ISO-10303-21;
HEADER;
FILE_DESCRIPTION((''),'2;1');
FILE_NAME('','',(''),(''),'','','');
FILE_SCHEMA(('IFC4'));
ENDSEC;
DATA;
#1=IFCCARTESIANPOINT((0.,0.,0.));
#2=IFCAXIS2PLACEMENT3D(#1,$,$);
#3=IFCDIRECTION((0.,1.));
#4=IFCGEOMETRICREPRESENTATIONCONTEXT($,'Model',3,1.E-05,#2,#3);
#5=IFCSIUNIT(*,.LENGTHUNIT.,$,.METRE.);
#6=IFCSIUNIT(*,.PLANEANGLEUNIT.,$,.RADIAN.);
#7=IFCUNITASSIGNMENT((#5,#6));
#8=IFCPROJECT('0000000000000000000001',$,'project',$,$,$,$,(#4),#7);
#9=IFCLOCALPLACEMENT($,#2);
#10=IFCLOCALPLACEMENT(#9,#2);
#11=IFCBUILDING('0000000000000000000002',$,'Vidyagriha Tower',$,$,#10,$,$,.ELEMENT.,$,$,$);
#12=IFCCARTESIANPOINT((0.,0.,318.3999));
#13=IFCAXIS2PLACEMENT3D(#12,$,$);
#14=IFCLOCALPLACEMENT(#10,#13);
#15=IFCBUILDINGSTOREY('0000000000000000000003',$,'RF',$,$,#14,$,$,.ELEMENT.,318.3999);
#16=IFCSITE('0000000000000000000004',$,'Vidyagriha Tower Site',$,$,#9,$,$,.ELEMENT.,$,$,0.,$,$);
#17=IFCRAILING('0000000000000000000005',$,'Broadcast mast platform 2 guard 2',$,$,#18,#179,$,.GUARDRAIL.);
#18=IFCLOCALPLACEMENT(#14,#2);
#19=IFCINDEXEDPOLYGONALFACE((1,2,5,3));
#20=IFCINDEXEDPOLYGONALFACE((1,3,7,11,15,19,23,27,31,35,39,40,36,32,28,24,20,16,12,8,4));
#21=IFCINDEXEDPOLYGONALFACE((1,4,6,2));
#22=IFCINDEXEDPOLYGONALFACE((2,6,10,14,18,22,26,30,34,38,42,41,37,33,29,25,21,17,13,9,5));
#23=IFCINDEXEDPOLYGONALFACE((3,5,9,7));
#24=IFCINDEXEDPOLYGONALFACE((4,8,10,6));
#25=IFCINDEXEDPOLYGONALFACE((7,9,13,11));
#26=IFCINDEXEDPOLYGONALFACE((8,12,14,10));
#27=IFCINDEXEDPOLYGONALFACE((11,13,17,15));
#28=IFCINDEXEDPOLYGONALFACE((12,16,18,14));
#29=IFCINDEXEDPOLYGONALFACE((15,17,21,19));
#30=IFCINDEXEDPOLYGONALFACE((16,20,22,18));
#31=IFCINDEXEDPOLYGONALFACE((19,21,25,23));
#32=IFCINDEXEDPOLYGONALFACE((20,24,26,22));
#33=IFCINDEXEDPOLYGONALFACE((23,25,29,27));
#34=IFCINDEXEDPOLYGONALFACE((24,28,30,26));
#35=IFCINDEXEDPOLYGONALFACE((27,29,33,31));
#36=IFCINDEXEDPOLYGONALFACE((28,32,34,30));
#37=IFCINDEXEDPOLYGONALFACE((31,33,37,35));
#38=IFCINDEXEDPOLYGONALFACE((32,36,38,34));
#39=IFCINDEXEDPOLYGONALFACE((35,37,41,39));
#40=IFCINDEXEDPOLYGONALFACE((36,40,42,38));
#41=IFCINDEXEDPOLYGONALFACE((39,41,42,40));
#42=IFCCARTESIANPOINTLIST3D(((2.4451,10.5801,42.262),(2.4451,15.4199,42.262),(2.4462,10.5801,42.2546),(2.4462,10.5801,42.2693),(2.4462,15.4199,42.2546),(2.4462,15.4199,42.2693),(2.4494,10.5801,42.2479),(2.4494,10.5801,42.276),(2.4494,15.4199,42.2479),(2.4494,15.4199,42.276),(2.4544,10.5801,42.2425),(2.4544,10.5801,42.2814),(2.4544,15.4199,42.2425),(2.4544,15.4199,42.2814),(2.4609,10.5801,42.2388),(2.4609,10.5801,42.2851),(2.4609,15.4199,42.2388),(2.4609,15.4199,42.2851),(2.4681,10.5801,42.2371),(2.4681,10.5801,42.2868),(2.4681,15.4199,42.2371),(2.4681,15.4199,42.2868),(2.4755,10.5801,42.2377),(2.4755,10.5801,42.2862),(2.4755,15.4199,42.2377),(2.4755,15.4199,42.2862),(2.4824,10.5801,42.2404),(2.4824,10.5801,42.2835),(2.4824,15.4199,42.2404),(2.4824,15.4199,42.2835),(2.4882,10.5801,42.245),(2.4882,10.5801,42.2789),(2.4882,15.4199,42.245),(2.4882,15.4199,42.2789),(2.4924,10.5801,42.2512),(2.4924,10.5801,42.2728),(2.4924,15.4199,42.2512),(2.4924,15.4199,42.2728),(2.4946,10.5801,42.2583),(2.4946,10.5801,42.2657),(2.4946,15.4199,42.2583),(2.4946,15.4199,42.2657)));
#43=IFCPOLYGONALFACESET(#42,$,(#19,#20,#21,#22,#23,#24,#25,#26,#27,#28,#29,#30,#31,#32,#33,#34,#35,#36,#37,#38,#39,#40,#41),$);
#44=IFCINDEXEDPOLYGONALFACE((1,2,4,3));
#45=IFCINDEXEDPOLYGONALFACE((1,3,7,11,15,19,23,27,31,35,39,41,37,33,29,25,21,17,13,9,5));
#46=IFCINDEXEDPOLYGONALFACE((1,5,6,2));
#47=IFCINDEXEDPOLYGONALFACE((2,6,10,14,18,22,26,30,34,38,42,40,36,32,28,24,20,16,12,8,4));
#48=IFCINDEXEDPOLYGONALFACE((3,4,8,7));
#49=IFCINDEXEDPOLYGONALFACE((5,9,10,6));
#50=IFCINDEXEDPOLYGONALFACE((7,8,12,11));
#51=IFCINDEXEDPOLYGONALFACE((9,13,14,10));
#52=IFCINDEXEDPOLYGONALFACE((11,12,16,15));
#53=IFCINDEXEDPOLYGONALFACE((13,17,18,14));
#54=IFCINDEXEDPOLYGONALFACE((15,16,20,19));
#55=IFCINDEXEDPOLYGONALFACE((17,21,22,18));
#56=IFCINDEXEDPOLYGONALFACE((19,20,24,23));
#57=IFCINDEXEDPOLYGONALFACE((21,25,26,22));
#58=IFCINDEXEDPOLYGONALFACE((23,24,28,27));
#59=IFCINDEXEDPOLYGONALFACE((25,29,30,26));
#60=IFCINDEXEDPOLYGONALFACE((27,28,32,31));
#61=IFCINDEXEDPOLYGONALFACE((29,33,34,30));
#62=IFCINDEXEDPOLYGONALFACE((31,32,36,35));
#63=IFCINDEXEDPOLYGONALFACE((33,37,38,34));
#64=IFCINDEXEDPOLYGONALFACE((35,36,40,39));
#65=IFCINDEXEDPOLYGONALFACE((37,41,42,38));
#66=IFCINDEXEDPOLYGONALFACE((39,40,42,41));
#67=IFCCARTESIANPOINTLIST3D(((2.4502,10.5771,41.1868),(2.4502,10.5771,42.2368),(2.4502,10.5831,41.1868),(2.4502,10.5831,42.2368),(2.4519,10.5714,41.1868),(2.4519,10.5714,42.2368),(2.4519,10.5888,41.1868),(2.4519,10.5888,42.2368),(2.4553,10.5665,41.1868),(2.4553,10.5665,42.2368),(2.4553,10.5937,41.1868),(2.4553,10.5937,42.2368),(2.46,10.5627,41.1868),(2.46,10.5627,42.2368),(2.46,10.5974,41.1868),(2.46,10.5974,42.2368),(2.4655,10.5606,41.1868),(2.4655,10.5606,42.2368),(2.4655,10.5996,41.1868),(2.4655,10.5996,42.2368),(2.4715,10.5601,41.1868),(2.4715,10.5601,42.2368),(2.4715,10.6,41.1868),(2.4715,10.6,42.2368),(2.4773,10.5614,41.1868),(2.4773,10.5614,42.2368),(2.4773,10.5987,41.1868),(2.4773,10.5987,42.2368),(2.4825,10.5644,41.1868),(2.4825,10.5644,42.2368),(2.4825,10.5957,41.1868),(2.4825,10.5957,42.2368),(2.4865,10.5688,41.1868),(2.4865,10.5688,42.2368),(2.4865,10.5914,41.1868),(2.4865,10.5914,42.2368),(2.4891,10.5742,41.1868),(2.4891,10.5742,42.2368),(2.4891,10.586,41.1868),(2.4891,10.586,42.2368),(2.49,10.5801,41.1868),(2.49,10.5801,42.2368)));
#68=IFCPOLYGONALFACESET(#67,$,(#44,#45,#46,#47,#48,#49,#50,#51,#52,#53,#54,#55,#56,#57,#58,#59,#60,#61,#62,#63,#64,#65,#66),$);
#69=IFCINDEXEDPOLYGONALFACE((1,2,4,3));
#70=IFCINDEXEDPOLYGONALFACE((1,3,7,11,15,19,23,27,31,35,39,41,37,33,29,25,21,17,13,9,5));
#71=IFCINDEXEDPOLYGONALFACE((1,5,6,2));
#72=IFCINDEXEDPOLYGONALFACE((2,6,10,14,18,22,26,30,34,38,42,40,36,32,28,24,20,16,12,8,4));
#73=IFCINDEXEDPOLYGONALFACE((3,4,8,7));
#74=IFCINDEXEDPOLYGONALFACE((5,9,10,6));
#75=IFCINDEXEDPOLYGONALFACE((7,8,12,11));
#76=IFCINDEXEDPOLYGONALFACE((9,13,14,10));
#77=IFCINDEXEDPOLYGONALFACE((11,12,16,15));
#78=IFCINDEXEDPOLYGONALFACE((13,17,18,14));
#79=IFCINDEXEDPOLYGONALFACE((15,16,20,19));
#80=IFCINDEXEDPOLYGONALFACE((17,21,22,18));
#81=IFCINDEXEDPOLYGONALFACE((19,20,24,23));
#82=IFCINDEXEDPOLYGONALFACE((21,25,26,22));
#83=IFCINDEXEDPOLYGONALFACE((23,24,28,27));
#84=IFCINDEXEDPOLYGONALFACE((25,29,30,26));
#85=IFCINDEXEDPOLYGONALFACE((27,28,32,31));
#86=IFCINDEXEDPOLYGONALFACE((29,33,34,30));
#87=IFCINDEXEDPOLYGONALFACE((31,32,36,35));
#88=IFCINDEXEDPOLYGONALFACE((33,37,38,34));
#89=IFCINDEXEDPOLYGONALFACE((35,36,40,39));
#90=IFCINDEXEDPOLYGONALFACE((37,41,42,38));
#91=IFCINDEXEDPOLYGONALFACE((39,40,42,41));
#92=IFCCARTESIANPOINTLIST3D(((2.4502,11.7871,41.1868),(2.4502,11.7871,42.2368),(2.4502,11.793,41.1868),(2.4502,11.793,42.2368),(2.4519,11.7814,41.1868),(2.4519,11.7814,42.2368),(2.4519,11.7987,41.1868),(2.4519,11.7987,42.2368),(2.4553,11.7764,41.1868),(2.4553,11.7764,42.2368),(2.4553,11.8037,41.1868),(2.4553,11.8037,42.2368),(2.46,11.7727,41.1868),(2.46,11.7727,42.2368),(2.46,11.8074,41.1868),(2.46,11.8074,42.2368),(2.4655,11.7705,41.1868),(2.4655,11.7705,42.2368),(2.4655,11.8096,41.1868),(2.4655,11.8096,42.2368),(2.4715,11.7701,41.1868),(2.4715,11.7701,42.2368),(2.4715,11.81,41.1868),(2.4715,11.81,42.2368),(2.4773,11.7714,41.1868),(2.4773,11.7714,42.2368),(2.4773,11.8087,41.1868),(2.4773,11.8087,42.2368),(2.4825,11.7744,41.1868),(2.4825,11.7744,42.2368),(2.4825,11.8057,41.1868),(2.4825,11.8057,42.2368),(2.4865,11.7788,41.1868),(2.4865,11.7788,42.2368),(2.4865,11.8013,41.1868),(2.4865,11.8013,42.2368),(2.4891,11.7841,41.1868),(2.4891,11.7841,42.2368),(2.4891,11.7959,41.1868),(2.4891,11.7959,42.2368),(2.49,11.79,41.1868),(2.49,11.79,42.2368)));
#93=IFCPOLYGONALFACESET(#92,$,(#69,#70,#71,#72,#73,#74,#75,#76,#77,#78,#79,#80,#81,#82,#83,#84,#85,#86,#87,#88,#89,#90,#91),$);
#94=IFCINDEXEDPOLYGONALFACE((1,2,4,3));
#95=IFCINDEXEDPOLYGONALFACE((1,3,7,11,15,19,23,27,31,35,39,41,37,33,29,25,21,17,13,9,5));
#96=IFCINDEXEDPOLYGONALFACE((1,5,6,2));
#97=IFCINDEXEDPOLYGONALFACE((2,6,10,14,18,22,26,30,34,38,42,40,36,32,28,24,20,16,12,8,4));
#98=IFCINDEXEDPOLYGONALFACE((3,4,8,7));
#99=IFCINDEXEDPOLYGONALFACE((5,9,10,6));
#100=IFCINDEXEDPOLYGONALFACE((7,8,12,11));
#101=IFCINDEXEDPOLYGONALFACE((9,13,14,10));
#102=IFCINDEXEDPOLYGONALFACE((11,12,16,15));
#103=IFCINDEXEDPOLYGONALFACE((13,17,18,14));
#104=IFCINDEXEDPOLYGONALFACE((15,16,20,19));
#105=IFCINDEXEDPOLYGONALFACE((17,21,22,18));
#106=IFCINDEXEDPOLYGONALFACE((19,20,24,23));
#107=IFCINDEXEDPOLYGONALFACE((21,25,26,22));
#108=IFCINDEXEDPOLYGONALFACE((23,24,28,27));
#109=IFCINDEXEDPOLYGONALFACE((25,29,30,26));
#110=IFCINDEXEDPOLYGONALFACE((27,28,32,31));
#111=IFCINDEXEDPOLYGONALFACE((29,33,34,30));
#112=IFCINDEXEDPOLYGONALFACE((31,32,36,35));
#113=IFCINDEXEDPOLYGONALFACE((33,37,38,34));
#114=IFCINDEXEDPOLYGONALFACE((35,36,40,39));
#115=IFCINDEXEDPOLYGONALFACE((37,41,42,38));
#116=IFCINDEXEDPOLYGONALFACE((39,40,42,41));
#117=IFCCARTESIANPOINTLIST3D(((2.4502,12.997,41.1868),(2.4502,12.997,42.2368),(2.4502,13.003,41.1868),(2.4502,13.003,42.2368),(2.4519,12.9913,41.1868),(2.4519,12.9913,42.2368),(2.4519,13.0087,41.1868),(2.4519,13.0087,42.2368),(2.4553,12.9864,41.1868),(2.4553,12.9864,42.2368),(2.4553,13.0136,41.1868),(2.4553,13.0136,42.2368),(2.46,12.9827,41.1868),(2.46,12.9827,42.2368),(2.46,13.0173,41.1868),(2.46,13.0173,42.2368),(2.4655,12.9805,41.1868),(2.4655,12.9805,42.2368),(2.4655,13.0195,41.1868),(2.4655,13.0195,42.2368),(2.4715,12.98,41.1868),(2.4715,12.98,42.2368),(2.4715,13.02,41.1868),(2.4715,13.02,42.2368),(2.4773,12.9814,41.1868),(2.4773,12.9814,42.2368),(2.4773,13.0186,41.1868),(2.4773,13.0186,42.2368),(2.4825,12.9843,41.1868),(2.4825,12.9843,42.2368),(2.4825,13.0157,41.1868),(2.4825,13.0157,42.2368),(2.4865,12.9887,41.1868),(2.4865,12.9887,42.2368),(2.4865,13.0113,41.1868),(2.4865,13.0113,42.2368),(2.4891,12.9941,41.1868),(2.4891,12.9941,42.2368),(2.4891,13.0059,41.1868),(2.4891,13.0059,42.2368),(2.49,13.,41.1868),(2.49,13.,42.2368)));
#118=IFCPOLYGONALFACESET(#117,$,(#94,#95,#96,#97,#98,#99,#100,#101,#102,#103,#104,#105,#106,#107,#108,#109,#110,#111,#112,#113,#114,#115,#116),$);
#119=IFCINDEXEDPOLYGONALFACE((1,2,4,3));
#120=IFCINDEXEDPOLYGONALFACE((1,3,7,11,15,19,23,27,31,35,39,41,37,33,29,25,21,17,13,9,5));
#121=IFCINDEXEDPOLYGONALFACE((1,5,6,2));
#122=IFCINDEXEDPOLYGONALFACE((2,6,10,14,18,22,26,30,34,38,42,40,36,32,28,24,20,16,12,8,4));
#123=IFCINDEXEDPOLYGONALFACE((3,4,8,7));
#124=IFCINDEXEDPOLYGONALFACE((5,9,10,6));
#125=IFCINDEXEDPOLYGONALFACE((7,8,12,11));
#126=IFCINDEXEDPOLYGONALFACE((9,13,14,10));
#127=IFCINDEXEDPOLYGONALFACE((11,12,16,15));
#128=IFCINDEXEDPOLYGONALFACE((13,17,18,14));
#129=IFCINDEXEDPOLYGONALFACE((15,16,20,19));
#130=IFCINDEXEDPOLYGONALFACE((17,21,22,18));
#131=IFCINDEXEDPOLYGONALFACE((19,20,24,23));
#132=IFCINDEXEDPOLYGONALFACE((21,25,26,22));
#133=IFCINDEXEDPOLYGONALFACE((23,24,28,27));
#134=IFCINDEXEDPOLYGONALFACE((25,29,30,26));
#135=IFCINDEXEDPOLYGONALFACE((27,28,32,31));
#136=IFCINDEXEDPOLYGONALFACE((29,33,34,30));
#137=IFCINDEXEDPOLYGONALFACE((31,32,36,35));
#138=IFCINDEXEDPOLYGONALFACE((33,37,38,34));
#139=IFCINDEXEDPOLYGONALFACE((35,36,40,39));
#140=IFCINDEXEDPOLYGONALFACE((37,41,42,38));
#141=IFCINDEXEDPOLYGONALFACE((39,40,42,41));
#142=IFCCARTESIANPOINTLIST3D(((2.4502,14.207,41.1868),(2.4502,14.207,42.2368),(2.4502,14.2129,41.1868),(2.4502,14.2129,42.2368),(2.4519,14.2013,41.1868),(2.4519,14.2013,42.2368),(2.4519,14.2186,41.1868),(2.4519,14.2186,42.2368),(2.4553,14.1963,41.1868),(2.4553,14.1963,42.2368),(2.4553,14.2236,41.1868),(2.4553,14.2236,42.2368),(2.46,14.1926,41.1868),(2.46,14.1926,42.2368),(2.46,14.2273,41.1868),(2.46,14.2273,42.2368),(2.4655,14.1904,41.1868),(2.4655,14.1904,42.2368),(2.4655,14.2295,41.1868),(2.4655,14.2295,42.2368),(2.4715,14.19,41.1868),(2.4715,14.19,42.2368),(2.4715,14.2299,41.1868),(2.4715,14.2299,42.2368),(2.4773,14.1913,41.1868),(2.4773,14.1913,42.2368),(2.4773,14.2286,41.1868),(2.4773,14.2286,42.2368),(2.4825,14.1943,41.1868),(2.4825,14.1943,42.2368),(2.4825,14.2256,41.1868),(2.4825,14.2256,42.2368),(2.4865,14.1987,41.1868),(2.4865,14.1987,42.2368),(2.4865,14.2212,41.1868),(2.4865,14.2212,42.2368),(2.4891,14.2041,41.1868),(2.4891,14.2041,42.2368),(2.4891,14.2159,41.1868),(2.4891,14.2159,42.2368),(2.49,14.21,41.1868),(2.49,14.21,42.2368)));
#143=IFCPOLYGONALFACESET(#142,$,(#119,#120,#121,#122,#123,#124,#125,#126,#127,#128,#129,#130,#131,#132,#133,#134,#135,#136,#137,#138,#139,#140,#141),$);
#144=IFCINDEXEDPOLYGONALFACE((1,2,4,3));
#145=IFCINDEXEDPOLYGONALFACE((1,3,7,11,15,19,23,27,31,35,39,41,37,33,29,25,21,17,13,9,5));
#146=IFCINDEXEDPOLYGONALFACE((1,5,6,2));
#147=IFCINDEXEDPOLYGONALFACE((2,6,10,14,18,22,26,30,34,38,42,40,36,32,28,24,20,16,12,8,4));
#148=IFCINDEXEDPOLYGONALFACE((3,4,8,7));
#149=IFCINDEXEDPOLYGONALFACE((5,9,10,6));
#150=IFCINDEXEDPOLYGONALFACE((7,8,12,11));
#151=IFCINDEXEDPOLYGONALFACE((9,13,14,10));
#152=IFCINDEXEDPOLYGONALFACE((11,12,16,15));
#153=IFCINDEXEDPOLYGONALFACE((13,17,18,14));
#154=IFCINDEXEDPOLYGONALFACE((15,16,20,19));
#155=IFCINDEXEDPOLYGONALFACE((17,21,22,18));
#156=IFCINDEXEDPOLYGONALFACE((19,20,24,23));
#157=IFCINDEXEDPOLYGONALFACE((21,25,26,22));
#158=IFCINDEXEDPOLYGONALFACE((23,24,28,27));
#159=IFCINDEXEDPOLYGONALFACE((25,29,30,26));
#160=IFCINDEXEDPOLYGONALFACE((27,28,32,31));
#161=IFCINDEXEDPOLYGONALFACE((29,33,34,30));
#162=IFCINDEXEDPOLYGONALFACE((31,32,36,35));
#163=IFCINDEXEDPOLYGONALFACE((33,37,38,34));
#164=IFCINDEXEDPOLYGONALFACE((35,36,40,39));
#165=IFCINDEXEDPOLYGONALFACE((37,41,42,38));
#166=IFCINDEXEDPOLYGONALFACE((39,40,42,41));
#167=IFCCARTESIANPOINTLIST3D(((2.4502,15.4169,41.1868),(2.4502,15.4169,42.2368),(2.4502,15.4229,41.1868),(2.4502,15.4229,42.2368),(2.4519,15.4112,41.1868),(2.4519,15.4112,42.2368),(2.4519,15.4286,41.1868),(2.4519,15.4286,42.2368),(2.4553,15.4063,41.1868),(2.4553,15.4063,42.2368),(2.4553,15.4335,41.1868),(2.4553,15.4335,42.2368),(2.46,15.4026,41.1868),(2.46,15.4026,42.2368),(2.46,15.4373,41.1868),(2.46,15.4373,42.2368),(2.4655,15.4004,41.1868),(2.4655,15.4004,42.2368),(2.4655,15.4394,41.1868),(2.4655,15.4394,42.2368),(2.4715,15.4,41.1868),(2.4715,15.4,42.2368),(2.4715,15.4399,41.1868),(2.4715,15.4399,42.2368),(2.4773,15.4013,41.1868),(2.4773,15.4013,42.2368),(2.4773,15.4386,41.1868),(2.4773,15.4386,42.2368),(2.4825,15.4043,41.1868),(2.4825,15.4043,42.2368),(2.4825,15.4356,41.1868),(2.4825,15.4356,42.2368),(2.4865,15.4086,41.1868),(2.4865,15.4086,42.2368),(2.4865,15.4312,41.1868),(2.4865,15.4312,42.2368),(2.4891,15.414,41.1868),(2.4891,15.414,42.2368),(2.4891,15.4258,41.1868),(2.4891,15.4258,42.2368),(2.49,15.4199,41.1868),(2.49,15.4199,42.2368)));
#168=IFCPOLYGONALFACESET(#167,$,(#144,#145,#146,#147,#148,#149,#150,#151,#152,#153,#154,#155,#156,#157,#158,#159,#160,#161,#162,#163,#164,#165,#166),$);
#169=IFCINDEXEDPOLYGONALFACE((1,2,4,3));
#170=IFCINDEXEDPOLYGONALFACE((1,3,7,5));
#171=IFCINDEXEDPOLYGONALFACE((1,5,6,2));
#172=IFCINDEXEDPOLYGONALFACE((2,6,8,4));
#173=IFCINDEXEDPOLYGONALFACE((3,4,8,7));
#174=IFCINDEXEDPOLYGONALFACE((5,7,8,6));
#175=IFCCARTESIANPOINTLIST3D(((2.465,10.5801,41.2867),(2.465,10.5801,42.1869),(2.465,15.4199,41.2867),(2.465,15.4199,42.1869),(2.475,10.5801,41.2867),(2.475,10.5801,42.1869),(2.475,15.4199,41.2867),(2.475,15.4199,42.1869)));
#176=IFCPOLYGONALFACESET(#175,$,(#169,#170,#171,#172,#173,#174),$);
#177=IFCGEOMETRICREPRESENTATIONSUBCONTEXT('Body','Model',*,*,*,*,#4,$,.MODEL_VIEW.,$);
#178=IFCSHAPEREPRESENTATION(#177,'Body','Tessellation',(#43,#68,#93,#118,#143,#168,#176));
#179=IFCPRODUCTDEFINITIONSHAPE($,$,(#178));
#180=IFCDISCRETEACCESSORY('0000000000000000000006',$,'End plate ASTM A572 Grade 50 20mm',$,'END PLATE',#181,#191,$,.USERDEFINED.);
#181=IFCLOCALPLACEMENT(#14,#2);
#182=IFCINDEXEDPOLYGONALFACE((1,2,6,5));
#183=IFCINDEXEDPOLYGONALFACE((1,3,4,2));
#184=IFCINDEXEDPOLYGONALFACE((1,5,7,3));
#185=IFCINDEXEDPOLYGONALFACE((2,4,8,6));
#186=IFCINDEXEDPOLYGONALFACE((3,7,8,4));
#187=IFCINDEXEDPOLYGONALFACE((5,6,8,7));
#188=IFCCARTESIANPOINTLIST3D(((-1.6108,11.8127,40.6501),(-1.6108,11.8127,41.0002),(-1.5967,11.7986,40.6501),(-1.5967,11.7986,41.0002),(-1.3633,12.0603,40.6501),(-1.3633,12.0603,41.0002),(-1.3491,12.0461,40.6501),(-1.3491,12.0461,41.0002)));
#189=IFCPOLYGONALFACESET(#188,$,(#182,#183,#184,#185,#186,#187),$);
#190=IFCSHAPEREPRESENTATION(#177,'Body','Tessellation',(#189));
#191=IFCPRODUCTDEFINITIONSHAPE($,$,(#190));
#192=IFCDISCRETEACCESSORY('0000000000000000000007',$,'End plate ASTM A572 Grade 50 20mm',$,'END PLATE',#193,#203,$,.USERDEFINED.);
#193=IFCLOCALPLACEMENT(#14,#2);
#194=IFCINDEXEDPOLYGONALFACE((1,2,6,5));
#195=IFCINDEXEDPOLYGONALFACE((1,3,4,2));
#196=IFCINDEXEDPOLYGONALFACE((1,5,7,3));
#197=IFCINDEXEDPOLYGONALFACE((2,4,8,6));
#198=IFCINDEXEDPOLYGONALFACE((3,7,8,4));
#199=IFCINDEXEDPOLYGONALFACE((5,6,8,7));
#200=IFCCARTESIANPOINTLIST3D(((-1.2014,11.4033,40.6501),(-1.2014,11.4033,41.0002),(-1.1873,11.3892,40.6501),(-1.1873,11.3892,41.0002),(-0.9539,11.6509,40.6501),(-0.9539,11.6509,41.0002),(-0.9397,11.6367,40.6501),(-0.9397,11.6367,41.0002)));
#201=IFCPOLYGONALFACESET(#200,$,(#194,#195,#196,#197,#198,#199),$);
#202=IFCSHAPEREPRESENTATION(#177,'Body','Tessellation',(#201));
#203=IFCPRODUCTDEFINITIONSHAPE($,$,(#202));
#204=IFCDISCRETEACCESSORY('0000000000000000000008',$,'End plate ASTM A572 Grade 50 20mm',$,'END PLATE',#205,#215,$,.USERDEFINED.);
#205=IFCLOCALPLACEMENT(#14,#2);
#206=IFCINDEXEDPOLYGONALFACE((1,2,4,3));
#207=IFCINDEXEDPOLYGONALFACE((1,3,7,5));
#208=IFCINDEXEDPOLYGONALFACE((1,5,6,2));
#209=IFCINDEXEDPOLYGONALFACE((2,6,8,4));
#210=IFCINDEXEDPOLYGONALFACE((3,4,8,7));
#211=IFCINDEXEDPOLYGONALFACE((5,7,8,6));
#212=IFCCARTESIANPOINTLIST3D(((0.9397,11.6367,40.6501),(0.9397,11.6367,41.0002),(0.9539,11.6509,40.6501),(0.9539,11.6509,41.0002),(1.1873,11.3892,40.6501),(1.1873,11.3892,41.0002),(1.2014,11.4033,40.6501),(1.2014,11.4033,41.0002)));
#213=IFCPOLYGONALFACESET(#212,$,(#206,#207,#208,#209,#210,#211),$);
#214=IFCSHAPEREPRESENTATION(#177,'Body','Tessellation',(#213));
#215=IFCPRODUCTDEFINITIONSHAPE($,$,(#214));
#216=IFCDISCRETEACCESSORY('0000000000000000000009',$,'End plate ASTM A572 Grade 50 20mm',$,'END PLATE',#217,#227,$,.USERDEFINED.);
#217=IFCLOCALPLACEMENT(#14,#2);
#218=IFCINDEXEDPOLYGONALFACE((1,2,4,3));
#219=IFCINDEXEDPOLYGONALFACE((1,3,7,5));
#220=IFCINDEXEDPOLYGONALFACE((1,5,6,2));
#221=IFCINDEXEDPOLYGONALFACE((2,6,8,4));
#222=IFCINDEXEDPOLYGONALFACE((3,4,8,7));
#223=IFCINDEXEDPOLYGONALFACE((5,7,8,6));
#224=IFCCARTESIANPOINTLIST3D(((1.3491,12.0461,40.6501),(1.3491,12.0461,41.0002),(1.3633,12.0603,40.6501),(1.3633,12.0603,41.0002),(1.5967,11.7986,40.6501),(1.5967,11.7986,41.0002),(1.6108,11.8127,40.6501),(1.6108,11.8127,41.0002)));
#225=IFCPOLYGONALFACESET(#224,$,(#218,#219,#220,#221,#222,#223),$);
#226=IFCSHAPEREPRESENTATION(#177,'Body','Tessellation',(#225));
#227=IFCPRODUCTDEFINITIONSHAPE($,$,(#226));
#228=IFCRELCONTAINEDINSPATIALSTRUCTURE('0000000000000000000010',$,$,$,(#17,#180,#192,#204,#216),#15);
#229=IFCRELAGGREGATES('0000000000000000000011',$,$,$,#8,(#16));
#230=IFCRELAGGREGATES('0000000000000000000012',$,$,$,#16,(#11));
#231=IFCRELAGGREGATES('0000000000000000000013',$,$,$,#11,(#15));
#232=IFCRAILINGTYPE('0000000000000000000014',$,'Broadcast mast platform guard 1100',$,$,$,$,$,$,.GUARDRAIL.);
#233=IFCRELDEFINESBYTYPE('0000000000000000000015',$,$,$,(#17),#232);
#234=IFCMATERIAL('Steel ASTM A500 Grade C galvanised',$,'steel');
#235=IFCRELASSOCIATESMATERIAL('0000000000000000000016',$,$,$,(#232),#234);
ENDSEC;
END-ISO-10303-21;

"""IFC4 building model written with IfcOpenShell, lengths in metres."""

from ifc_helpers import new_model, si_unit, direction, frame, origin, origin_2d, place, context, subcontext, project, spatial, rectangle, circle, extrude, material, type_object, element, save


model = new_model("IFC4")

# Units and contexts
model_context = context("Model", 3, precision=1e-05, world=origin(), true_north=direction((0.0, 1.0)))
body_context = subcontext(model_context, "Body", "Model", "MODEL_VIEW")
ifc_project = project(units=[si_unit("LENGTHUNIT", "METRE"), si_unit("PLANEANGLEUNIT", "RADIAN")], contexts=[model_context])

# Site, building, storey
site_placement = place(None, origin())
site = spatial("IfcSite", under=ifc_project, at=site_placement, Name="Vidyagriha Tower Site", CompositionType="ELEMENT", RefElevation=0.0)
building_placement = place(site_placement, origin())
building = spatial("IfcBuilding", under=site, at=building_placement, Name="Vidyagriha Tower", CompositionType="ELEMENT")
storey_placement = place(building_placement, frame((0.0, 0.0, 318.3999)))
storey = spatial("IfcBuildingStorey", under=building, at=storey_placement, Name="RF", CompositionType="ELEMENT", Elevation=318.3999)

# Railing
ifc_material_1 = material(Name="Steel ASTM A500 Grade C galvanised", Category="steel")
railing_type = type_object("IfcRailingType", Name="Broadcast mast platform guard 1100", PredefinedType="GUARDRAIL", material=ifc_material_1)
railing_1_placement = place(storey_placement, frame((2.47, 10.5801, 41.1868)))
element("IfcRailing", 1, at=railing_1_placement, inside=storey, type_object=railing_type, Name="Broadcast mast platform 2 guard 2", PredefinedType="GUARDRAIL", context=body_context, shape_type="SweptSolid", body=[
    extrude(circle(Radius=0.0249, at=origin_2d()), frame((0.0, 0.0, 1.0752), z_axis=(0.0, 1.0, 0.0), x_axis=(-1.0, 0.0, 0.0)), (0.0, 0.0, 1.0), 4.8398),
    extrude(circle(Radius=0.02, at=origin_2d()), origin(), (0.0, 0.0, 1.0), 1.05),
    extrude(circle(Radius=0.02, at=origin_2d()), frame((0.0, 1.21, 0.0)), (0.0, 0.0, 1.0), 1.05),
    extrude(circle(Radius=0.02, at=origin_2d()), frame((0.0, 2.4199, 0.0)), (0.0, 0.0, 1.0), 1.05),
    extrude(circle(Radius=0.02, at=origin_2d()), frame((0.0, 3.6299, 0.0)), (0.0, 0.0, 1.0), 1.05),
    extrude(circle(Radius=0.02, at=origin_2d()), frame((0.0, 4.8398, 0.0)), (0.0, 0.0, 1.0), 1.05),
    extrude(rectangle(XDim=0.01, YDim=0.9001, at=origin_2d()), frame((0.0, 0.0, 0.55), z_axis=(0.0, 1.0, 0.0), x_axis=(-1.0, 0.0, 0.0)), (0.0, 0.0, 1.0), 4.8398),
])

# Discrete accessories
for number, where, z_axis, x_axis, name in (
    (2, (-1.48, 11.9294, 40.6501), (0.0, 0.0, 1.0), (0.707107, 0.707107, 0.0), "End plate ASTM A572 Grade 50 20mm"),
    (3, (-1.0706, 11.52, 40.6501), (0.0, 0.0, 1.0), (0.707107, 0.707107, 0.0), "End plate ASTM A572 Grade 50 20mm"),
    (4, (1.0706, 11.52, 40.6501), (0.0, 0.0, 1.0), (-0.707107, 0.707107, 0.0), "End plate ASTM A572 Grade 50 20mm"),
    (5, (1.48, 11.9294, 40.6501), (0.0, 0.0, 1.0), (-0.707107, 0.707107, 0.0), "End plate ASTM A572 Grade 50 20mm"),
):
    element("IfcDiscreteAccessory", number, at=place(storey_placement, frame(where, z_axis=z_axis, x_axis=x_axis)), inside=storey, Name=name, ObjectType="END PLATE", PredefinedType="USERDEFINED", context=body_context, shape_type="SweptSolid", body=[
        extrude(rectangle(XDim=0.3501, YDim=0.02, at=origin_2d()), origin(), (0.0, 0.0, 1.0), 0.3501),
    ])

save(model, "model.ifc")
